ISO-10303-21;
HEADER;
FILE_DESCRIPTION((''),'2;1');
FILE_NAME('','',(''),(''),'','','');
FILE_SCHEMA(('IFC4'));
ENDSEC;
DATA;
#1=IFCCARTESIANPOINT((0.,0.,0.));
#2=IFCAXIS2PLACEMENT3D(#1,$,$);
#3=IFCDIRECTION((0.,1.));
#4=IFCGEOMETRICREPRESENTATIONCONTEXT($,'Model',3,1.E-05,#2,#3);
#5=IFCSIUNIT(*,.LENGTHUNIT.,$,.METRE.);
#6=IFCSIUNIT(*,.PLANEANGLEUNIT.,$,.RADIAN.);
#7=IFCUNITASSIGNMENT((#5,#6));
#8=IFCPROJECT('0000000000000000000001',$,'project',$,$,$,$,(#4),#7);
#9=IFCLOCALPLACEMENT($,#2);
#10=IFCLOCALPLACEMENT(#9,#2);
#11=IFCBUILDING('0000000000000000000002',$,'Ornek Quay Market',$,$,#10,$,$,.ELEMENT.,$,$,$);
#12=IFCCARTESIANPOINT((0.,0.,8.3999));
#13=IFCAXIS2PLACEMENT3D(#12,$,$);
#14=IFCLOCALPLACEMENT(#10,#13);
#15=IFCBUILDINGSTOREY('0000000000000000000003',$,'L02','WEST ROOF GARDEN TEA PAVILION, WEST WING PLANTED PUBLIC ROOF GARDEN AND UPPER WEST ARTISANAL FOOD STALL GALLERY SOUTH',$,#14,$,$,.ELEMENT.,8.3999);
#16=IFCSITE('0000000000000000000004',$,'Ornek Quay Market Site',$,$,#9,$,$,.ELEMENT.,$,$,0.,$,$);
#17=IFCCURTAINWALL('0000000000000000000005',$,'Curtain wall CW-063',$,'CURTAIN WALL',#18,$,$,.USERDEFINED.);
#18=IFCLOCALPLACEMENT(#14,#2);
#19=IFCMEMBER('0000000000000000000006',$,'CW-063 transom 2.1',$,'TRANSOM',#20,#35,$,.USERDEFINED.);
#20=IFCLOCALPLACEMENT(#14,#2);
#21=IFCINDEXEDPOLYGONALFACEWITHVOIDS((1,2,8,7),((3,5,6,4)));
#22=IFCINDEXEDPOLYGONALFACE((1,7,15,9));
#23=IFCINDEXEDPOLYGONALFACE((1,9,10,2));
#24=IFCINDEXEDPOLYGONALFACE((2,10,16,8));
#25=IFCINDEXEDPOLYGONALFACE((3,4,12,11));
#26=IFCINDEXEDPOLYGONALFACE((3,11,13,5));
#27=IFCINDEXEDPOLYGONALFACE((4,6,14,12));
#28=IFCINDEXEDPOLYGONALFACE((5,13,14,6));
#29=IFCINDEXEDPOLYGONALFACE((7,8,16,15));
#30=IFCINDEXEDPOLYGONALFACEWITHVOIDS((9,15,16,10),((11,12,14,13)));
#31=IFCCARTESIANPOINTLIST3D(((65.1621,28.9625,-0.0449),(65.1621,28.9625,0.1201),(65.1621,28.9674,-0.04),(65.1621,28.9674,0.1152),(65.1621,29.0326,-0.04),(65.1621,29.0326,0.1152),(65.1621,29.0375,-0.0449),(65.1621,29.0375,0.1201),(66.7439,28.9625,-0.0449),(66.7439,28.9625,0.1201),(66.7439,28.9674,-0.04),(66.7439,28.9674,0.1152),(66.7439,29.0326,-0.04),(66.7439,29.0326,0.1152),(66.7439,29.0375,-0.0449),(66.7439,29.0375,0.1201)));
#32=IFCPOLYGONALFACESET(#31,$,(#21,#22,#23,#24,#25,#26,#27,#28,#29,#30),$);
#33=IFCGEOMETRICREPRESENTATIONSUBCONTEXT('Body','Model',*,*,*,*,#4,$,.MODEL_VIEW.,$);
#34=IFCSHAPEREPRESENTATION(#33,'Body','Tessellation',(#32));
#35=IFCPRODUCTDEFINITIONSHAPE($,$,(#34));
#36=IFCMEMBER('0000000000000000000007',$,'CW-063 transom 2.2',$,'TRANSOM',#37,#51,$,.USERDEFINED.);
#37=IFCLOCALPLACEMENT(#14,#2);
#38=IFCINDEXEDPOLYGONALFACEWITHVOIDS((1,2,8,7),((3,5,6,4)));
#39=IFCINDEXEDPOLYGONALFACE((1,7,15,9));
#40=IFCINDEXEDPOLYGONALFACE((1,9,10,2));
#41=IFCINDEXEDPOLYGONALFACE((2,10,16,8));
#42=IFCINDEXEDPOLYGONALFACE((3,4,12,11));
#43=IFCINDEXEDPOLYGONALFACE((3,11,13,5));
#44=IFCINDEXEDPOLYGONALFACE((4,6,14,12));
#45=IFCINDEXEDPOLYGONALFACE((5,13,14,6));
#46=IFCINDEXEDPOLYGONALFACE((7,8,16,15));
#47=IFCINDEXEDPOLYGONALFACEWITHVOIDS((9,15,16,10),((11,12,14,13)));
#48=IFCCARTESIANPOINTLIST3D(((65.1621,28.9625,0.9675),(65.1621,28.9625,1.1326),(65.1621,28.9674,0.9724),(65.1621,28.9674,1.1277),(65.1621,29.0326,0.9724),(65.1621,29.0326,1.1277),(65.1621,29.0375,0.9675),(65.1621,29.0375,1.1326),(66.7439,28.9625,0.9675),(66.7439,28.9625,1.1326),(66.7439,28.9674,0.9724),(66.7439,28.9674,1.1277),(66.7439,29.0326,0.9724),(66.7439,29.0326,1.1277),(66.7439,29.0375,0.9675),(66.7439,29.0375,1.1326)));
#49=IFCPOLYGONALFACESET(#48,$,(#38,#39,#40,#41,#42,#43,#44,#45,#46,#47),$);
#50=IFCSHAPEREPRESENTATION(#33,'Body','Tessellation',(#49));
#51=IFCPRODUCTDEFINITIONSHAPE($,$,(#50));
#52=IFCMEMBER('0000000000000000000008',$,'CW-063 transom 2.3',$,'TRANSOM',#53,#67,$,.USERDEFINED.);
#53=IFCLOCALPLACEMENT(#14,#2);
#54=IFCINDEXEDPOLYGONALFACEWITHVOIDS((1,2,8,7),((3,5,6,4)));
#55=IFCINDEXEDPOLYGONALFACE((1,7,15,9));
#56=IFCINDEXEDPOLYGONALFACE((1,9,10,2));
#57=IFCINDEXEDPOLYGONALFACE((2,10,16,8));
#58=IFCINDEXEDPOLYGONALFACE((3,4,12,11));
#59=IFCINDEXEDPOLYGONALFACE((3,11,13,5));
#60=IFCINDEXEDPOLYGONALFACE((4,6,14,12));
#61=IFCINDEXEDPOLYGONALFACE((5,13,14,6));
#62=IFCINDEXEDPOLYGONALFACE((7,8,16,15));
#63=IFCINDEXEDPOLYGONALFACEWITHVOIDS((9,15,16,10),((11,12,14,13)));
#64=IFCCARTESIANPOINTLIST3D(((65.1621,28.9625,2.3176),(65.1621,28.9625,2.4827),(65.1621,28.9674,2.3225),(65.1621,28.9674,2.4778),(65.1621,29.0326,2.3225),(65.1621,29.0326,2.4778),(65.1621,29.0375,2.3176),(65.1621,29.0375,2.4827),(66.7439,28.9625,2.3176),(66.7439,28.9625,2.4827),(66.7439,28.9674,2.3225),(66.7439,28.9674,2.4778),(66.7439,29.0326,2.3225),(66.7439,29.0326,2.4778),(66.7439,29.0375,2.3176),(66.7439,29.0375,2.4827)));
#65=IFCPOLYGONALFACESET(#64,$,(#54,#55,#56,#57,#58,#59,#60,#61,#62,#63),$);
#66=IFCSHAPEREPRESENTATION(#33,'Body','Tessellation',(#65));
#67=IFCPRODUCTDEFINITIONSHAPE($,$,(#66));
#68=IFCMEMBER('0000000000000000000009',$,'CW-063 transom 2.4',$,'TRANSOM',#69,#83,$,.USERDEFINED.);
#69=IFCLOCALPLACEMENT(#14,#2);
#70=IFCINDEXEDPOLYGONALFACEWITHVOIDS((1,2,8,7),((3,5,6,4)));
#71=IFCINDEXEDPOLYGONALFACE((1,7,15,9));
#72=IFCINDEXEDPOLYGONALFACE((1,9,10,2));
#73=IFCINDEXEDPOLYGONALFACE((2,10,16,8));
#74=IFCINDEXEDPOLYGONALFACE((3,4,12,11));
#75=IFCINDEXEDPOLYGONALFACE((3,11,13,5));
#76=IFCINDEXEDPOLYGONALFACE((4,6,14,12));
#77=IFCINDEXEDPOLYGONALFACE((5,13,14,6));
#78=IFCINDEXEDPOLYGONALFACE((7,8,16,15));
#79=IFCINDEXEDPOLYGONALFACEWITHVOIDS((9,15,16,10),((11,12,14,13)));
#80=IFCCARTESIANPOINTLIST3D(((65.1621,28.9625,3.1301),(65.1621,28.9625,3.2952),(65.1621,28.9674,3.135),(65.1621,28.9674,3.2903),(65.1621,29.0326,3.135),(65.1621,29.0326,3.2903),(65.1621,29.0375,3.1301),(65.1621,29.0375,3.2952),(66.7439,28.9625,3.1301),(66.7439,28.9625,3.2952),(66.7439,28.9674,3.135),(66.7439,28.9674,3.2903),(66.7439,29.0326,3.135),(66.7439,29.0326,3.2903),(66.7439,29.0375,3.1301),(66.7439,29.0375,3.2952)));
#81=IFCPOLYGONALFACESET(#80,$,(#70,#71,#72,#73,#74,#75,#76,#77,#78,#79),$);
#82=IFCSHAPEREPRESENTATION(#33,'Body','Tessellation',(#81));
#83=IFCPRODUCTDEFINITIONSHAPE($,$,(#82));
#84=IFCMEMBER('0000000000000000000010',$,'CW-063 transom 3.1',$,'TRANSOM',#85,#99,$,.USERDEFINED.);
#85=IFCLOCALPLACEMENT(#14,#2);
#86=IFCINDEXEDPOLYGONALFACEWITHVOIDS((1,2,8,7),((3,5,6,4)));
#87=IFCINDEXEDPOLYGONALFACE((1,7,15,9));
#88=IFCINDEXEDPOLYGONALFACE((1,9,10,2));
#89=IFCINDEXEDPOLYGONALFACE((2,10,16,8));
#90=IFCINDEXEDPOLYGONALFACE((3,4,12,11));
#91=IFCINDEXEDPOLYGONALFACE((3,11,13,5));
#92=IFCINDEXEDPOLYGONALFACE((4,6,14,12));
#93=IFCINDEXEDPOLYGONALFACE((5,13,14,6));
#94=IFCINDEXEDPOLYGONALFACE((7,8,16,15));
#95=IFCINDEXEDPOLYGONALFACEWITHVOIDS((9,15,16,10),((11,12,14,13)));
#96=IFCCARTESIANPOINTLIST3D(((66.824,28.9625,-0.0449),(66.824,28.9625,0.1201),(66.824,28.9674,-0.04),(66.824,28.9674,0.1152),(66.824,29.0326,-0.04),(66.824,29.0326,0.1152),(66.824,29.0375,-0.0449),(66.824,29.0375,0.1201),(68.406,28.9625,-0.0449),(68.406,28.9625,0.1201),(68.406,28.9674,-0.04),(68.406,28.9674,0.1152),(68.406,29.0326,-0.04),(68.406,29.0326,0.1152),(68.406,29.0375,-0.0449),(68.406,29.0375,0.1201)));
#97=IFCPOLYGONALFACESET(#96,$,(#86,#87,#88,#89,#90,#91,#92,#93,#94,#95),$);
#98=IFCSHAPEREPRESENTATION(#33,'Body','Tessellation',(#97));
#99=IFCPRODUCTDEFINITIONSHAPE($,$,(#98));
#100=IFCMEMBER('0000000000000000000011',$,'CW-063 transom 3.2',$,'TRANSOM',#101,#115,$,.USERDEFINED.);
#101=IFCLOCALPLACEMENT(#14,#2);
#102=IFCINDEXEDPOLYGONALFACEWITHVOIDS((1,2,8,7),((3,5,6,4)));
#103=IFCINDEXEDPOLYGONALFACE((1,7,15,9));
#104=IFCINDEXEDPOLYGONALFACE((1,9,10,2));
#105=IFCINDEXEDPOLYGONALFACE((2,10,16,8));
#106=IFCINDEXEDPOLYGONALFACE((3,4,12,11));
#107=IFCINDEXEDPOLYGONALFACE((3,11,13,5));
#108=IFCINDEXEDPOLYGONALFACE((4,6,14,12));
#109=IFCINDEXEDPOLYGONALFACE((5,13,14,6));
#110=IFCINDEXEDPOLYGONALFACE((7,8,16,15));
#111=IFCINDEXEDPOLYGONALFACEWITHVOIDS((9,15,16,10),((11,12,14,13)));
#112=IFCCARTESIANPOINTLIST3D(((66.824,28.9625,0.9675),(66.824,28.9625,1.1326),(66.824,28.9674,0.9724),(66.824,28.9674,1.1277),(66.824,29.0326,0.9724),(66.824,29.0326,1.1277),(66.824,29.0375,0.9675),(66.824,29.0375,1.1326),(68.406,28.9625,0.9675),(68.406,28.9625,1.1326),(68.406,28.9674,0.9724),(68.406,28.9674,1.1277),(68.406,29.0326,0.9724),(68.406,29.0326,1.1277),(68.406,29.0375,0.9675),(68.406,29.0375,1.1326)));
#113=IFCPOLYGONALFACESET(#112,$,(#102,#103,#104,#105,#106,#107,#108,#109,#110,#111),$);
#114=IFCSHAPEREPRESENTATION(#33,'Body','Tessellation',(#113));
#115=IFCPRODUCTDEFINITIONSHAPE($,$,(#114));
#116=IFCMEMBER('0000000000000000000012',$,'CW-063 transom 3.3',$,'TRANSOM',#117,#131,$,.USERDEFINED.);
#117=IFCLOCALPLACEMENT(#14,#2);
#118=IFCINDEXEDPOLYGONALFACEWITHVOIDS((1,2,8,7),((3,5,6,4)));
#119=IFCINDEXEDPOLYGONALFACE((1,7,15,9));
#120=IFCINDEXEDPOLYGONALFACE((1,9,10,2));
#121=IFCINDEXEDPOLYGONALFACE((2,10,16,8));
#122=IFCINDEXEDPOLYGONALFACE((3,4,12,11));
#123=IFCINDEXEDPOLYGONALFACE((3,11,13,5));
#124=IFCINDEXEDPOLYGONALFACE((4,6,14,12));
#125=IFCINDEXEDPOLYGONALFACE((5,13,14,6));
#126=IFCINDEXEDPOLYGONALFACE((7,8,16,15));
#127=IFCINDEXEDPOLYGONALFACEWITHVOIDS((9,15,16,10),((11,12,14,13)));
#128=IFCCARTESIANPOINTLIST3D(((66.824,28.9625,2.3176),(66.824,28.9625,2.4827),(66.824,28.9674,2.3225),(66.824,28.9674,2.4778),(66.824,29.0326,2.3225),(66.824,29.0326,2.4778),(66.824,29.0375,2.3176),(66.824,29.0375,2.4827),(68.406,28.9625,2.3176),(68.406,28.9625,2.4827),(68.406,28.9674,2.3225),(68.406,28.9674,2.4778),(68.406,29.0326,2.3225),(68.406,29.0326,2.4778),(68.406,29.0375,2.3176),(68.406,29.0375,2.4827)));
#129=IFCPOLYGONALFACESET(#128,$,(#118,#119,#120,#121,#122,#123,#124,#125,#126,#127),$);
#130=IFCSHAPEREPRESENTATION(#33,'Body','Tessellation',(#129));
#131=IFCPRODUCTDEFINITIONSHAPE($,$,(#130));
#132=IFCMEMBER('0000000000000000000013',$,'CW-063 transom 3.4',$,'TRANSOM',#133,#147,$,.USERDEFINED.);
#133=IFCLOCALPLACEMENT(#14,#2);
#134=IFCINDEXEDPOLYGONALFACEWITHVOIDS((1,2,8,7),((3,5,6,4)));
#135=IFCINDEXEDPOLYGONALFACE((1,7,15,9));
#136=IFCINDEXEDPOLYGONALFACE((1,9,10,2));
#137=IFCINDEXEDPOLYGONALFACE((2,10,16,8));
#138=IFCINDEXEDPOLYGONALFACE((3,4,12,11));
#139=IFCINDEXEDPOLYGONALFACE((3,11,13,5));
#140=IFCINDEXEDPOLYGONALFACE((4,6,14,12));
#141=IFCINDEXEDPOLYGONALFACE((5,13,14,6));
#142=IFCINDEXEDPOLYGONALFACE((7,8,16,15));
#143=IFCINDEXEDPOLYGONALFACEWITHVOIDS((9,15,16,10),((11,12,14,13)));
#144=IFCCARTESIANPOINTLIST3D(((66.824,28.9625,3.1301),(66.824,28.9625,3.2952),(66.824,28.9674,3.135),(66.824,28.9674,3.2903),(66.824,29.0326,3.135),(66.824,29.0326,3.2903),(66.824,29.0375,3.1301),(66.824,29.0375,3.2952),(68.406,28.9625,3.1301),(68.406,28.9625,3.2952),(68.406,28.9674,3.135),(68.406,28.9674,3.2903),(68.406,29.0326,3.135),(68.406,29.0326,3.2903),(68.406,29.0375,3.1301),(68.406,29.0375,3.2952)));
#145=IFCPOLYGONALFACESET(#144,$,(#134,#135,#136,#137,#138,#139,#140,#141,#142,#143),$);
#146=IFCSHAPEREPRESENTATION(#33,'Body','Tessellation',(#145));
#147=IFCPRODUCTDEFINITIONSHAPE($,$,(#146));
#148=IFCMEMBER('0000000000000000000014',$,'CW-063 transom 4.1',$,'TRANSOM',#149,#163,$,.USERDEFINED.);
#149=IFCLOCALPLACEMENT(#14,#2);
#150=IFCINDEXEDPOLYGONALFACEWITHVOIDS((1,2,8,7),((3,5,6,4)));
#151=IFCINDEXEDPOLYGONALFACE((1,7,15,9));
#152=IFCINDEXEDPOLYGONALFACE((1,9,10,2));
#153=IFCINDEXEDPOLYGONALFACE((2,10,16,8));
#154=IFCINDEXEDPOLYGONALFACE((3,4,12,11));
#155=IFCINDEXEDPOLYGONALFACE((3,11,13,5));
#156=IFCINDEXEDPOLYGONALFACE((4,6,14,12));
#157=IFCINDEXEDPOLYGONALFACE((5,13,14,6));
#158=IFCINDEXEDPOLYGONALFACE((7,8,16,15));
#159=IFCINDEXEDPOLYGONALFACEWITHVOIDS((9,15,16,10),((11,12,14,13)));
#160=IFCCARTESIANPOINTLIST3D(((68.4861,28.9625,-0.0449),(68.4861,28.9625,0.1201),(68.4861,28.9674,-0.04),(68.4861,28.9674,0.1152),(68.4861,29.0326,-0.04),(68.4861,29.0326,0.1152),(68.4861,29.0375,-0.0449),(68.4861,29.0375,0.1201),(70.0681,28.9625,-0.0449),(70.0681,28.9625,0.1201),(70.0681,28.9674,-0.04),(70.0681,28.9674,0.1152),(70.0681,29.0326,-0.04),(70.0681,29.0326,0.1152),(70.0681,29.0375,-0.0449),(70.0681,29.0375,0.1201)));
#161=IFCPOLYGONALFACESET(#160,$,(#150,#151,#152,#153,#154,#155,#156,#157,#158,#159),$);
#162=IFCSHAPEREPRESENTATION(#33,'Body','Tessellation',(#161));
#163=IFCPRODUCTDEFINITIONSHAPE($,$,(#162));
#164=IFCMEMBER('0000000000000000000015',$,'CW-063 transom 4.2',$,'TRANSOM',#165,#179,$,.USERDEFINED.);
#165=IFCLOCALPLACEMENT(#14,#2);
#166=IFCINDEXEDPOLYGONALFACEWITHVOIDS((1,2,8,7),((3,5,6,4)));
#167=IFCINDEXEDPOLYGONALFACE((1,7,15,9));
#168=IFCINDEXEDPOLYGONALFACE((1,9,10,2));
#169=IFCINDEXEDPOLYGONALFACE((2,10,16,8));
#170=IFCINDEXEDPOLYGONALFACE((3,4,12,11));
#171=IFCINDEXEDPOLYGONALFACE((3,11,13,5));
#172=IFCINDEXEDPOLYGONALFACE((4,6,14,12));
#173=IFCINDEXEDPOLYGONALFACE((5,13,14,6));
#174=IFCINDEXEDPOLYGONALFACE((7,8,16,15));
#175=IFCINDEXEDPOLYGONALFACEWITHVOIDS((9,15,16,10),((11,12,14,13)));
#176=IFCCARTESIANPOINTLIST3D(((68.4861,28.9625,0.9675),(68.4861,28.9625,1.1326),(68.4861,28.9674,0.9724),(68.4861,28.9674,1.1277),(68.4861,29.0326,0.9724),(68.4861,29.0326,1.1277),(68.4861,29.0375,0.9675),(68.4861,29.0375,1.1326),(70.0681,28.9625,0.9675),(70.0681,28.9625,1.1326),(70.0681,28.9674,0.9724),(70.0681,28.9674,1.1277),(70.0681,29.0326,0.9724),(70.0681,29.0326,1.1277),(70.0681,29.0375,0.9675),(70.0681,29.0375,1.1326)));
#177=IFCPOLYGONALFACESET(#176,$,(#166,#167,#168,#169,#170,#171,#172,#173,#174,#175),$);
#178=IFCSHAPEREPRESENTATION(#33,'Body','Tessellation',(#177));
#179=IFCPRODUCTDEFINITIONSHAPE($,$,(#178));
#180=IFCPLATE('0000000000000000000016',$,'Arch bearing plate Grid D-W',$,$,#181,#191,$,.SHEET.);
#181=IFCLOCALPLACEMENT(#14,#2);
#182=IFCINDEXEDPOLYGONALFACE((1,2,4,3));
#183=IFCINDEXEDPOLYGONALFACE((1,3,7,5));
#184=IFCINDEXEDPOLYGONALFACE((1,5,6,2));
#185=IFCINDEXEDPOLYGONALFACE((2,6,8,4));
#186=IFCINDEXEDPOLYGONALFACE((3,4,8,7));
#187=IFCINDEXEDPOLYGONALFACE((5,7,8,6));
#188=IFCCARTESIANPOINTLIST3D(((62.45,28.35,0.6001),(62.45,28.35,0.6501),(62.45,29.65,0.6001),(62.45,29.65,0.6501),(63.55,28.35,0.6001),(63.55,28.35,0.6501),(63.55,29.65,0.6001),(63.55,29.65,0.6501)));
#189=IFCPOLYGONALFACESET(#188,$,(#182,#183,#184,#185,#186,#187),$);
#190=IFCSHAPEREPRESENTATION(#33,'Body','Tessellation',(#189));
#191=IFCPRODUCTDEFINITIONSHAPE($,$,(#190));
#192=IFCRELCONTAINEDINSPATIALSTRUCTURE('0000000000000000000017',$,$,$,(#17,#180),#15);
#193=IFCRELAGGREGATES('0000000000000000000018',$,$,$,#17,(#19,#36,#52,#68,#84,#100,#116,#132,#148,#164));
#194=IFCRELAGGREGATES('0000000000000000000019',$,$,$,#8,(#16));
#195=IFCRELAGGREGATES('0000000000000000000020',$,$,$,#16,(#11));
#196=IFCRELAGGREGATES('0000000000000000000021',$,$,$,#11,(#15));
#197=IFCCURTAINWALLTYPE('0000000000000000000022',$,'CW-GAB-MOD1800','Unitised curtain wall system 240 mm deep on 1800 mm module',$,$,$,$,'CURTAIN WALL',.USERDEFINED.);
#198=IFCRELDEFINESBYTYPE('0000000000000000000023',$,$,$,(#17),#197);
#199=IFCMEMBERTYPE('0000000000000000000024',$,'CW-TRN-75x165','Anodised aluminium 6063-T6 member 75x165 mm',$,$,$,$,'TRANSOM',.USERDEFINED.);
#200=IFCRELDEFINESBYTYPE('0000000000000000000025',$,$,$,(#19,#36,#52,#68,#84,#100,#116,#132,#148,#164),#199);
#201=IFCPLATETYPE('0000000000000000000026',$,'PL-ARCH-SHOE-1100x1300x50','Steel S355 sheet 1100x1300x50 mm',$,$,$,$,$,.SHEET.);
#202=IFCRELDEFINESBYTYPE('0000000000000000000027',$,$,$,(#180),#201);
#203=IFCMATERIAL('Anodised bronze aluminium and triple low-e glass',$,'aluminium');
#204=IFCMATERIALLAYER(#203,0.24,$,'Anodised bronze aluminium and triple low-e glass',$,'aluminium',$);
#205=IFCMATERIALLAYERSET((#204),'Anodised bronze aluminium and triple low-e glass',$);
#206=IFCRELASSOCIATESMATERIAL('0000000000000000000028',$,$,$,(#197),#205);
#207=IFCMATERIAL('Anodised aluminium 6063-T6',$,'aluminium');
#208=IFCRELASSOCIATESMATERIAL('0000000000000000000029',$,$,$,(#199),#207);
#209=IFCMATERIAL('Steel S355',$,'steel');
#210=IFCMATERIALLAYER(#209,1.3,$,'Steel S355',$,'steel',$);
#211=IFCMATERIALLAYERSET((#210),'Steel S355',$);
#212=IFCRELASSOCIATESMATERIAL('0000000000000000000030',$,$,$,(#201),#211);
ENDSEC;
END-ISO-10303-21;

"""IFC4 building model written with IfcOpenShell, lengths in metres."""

from ifc_helpers import new_model, si_unit, direction, frame, origin, origin_2d, place, context, subcontext, project, spatial, rectangle, hollow_rectangle, extrude, material, layer, layer_set, material_profile, profile_set, type_object, element, aggregate, save


model = new_model("IFC4")

# Units and contexts
model_context = context("Model", 3, precision=1e-05, world=origin(), true_north=direction((0.0, 1.0)))
body_context = subcontext(model_context, "Body", "Model", "MODEL_VIEW")
ifc_project = project(units=[si_unit("LENGTHUNIT", "METRE"), si_unit("PLANEANGLEUNIT", "RADIAN")], contexts=[model_context])

# Site, building, storey
site_placement = place(None, origin())
site = spatial("IfcSite", under=ifc_project, at=site_placement, Name="Ornek Quay Market Site", CompositionType="ELEMENT", RefElevation=0.0)
building_placement = place(site_placement, origin())
building = spatial("IfcBuilding", under=site, at=building_placement, Name="Ornek Quay Market", CompositionType="ELEMENT")
storey_placement = place(building_placement, frame((0.0, 0.0, 8.3999)))
storey = spatial("IfcBuildingStorey", under=building, at=storey_placement, Name="L02", Description="WEST ROOF GARDEN TEA PAVILION, WEST WING PLANTED PUBLIC ROOF GARDEN AND UPPER WEST ARTISANAL FOOD STALL GALLERY SOUTH", CompositionType="ELEMENT", Elevation=8.3999)

# Curtain wall, members
ifc_material_1 = material(Name="Anodised bronze aluminium and triple low-e glass", Category="aluminium")
ifc_layer_1 = layer(ifc_material_1, 0.24, Name="Anodised bronze aluminium and triple low-e glass", Category="aluminium")
ifc_layer_set_1 = layer_set([ifc_layer_1], Name="Anodised bronze aluminium and triple low-e glass")
curtain_wall_type = type_object("IfcCurtainWallType", Name="CW-GAB-MOD1800", Description="Unitised curtain wall system 240 mm deep on 1800 mm module", ElementType="CURTAIN WALL", PredefinedType="USERDEFINED", material=ifc_layer_set_1)
curtain_wall_placement = place(storey_placement, origin())
curtain_wall = element("IfcCurtainWall", 1, at=curtain_wall_placement, inside=storey, type_object=curtain_wall_type, Name="Curtain wall CW-063", ObjectType="CURTAIN WALL", PredefinedType="USERDEFINED")
ifc_material_2 = material(Name="Anodised aluminium 6063-T6", Category="aluminium")
ifc_material_profile_1 = material_profile(ifc_material_2, hollow_rectangle(XDim=0.075, YDim=0.165, WallThickness=0.0049, at=origin_2d()), Name="CW-TRN-75x165", Category="aluminium")
ifc_profile_set_1 = profile_set([ifc_material_profile_1], Name="Anodised aluminium 6063-T6")
member_type_1 = type_object("IfcMemberType", Name="CW-TRN-75x165", Description="Anodised aluminium 6063-T6 member 75x165 mm", ElementType="TRANSOM", PredefinedType="USERDEFINED", material=ifc_profile_set_1)
member_1_placement = place(storey_placement, frame((65.1621, 29.0, 0.0376), z_axis=(1.0, 0.0, 0.0), x_axis=(0.0, 1.0, 0.0)))
member_1 = element("IfcMember", 2, at=member_1_placement, type_object=member_type_1, Name="CW-063 transom 2.1", ObjectType="TRANSOM", PredefinedType="USERDEFINED", context=body_context, shape_type="SweptSolid", body=[
    extrude(hollow_rectangle(XDim=0.075, YDim=0.165, WallThickness=0.0049, at=origin_2d()), origin(), (0.0, 0.0, 1.0), 1.5818),
])
member_2_placement = place(storey_placement, frame((65.1621, 29.0, 1.05), z_axis=(1.0, 0.0, 0.0), x_axis=(0.0, 1.0, 0.0)))
member_2 = element("IfcMember", 3, at=member_2_placement, type_object=member_type_1, Name="CW-063 transom 2.2", ObjectType="TRANSOM", PredefinedType="USERDEFINED", context=body_context, shape_type="SweptSolid", body=[
    extrude(hollow_rectangle(XDim=0.075, YDim=0.165, WallThickness=0.0049, at=origin_2d()), origin(), (0.0, 0.0, 1.0), 1.5818),
])
member_3_placement = place(storey_placement, frame((65.1621, 29.0, 2.4001), z_axis=(1.0, 0.0, 0.0), x_axis=(0.0, 1.0, 0.0)))
member_3 = element("IfcMember", 4, at=member_3_placement, type_object=member_type_1, Name="CW-063 transom 2.3", ObjectType="TRANSOM", PredefinedType="USERDEFINED", context=body_context, shape_type="SweptSolid", body=[
    extrude(hollow_rectangle(XDim=0.075, YDim=0.165, WallThickness=0.0049, at=origin_2d()), origin(), (0.0, 0.0, 1.0), 1.5818),
])
member_4_placement = place(storey_placement, frame((65.1621, 29.0, 3.2126), z_axis=(1.0, 0.0, 0.0), x_axis=(0.0, 1.0, 0.0)))
member_4 = element("IfcMember", 5, at=member_4_placement, type_object=member_type_1, Name="CW-063 transom 2.4", ObjectType="TRANSOM", PredefinedType="USERDEFINED", context=body_context, shape_type="SweptSolid", body=[
    extrude(hollow_rectangle(XDim=0.075, YDim=0.165, WallThickness=0.0049, at=origin_2d()), origin(), (0.0, 0.0, 1.0), 1.5818),
])
member_5_placement = place(storey_placement, frame((66.824, 29.0, 0.0376), z_axis=(1.0, 0.0, 0.0), x_axis=(0.0, 1.0, 0.0)))
member_5 = element("IfcMember", 6, at=member_5_placement, type_object=member_type_1, Name="CW-063 transom 3.1", ObjectType="TRANSOM", PredefinedType="USERDEFINED", context=body_context, shape_type="SweptSolid", body=[
    extrude(hollow_rectangle(XDim=0.075, YDim=0.165, WallThickness=0.0049, at=origin_2d()), origin(), (0.0, 0.0, 1.0), 1.582),
])
member_6_placement = place(storey_placement, frame((66.824, 29.0, 1.05), z_axis=(1.0, 0.0, 0.0), x_axis=(0.0, 1.0, 0.0)))
member_6 = element("IfcMember", 7, at=member_6_placement, type_object=member_type_1, Name="CW-063 transom 3.2", ObjectType="TRANSOM", PredefinedType="USERDEFINED", context=body_context, shape_type="SweptSolid", body=[
    extrude(hollow_rectangle(XDim=0.075, YDim=0.165, WallThickness=0.0049, at=origin_2d()), origin(), (0.0, 0.0, 1.0), 1.582),
])
member_7_placement = place(storey_placement, frame((66.824, 29.0, 2.4001), z_axis=(1.0, 0.0, 0.0), x_axis=(0.0, 1.0, 0.0)))
member_7 = element("IfcMember", 8, at=member_7_placement, type_object=member_type_1, Name="CW-063 transom 3.3", ObjectType="TRANSOM", PredefinedType="USERDEFINED", context=body_context, shape_type="SweptSolid", body=[
    extrude(hollow_rectangle(XDim=0.075, YDim=0.165, WallThickness=0.0049, at=origin_2d()), origin(), (0.0, 0.0, 1.0), 1.582),
])
member_8_placement = place(storey_placement, frame((66.824, 29.0, 3.2126), z_axis=(1.0, 0.0, 0.0), x_axis=(0.0, 1.0, 0.0)))
member_8 = element("IfcMember", 9, at=member_8_placement, type_object=member_type_1, Name="CW-063 transom 3.4", ObjectType="TRANSOM", PredefinedType="USERDEFINED", context=body_context, shape_type="SweptSolid", body=[
    extrude(hollow_rectangle(XDim=0.075, YDim=0.165, WallThickness=0.0049, at=origin_2d()), origin(), (0.0, 0.0, 1.0), 1.582),
])
member_9_placement = place(storey_placement, frame((68.4861, 29.0, 0.0376), z_axis=(1.0, 0.0, 0.0), x_axis=(0.0, 1.0, 0.0)))
member_9 = element("IfcMember", 10, at=member_9_placement, type_object=member_type_1, Name="CW-063 transom 4.1", ObjectType="TRANSOM", PredefinedType="USERDEFINED", context=body_context, shape_type="SweptSolid", body=[
    extrude(hollow_rectangle(XDim=0.075, YDim=0.165, WallThickness=0.0049, at=origin_2d()), origin(), (0.0, 0.0, 1.0), 1.582),
])
member_10_placement = place(storey_placement, frame((68.4861, 29.0, 1.05), z_axis=(1.0, 0.0, 0.0), x_axis=(0.0, 1.0, 0.0)))
member_10 = element("IfcMember", 11, at=member_10_placement, type_object=member_type_1, Name="CW-063 transom 4.2", ObjectType="TRANSOM", PredefinedType="USERDEFINED", context=body_context, shape_type="SweptSolid", body=[
    extrude(hollow_rectangle(XDim=0.075, YDim=0.165, WallThickness=0.0049, at=origin_2d()), origin(), (0.0, 0.0, 1.0), 1.582),
])

# Plate
ifc_material_3 = material(Name="Steel S355", Category="steel")
ifc_layer_2 = layer(ifc_material_3, 1.3, Name="Steel S355", Category="steel")
ifc_layer_set_2 = layer_set([ifc_layer_2], Name="Steel S355")
plate_type_1 = type_object("IfcPlateType", Name="PL-ARCH-SHOE-1100x1300x50", Description="Steel S355 sheet 1100x1300x50 mm", PredefinedType="SHEET", material=ifc_layer_set_2)
for number, where, z_axis, x_axis, name in (
    (12, (63.0, 29.0, 0.6001), (0.0, 0.0, 1.0), (1.0, 0.0, 0.0), "Arch bearing plate Grid D-W"),
):
    element("IfcPlate", number, at=place(storey_placement, frame(where, z_axis=z_axis, x_axis=x_axis)), inside=storey, type_object=plate_type_1, Name=name, PredefinedType="SHEET", context=body_context, shape_type="SweptSolid", body=[
        extrude(rectangle(XDim=1.1001, YDim=1.3, at=origin_2d()), origin(), (0.0, 0.0, 1.0), 0.05),
    ])

aggregate(curtain_wall, [member_1, member_2, member_3, member_4, member_5, member_6, member_7, member_8, member_9, member_10])

save(model, "model.ifc")
